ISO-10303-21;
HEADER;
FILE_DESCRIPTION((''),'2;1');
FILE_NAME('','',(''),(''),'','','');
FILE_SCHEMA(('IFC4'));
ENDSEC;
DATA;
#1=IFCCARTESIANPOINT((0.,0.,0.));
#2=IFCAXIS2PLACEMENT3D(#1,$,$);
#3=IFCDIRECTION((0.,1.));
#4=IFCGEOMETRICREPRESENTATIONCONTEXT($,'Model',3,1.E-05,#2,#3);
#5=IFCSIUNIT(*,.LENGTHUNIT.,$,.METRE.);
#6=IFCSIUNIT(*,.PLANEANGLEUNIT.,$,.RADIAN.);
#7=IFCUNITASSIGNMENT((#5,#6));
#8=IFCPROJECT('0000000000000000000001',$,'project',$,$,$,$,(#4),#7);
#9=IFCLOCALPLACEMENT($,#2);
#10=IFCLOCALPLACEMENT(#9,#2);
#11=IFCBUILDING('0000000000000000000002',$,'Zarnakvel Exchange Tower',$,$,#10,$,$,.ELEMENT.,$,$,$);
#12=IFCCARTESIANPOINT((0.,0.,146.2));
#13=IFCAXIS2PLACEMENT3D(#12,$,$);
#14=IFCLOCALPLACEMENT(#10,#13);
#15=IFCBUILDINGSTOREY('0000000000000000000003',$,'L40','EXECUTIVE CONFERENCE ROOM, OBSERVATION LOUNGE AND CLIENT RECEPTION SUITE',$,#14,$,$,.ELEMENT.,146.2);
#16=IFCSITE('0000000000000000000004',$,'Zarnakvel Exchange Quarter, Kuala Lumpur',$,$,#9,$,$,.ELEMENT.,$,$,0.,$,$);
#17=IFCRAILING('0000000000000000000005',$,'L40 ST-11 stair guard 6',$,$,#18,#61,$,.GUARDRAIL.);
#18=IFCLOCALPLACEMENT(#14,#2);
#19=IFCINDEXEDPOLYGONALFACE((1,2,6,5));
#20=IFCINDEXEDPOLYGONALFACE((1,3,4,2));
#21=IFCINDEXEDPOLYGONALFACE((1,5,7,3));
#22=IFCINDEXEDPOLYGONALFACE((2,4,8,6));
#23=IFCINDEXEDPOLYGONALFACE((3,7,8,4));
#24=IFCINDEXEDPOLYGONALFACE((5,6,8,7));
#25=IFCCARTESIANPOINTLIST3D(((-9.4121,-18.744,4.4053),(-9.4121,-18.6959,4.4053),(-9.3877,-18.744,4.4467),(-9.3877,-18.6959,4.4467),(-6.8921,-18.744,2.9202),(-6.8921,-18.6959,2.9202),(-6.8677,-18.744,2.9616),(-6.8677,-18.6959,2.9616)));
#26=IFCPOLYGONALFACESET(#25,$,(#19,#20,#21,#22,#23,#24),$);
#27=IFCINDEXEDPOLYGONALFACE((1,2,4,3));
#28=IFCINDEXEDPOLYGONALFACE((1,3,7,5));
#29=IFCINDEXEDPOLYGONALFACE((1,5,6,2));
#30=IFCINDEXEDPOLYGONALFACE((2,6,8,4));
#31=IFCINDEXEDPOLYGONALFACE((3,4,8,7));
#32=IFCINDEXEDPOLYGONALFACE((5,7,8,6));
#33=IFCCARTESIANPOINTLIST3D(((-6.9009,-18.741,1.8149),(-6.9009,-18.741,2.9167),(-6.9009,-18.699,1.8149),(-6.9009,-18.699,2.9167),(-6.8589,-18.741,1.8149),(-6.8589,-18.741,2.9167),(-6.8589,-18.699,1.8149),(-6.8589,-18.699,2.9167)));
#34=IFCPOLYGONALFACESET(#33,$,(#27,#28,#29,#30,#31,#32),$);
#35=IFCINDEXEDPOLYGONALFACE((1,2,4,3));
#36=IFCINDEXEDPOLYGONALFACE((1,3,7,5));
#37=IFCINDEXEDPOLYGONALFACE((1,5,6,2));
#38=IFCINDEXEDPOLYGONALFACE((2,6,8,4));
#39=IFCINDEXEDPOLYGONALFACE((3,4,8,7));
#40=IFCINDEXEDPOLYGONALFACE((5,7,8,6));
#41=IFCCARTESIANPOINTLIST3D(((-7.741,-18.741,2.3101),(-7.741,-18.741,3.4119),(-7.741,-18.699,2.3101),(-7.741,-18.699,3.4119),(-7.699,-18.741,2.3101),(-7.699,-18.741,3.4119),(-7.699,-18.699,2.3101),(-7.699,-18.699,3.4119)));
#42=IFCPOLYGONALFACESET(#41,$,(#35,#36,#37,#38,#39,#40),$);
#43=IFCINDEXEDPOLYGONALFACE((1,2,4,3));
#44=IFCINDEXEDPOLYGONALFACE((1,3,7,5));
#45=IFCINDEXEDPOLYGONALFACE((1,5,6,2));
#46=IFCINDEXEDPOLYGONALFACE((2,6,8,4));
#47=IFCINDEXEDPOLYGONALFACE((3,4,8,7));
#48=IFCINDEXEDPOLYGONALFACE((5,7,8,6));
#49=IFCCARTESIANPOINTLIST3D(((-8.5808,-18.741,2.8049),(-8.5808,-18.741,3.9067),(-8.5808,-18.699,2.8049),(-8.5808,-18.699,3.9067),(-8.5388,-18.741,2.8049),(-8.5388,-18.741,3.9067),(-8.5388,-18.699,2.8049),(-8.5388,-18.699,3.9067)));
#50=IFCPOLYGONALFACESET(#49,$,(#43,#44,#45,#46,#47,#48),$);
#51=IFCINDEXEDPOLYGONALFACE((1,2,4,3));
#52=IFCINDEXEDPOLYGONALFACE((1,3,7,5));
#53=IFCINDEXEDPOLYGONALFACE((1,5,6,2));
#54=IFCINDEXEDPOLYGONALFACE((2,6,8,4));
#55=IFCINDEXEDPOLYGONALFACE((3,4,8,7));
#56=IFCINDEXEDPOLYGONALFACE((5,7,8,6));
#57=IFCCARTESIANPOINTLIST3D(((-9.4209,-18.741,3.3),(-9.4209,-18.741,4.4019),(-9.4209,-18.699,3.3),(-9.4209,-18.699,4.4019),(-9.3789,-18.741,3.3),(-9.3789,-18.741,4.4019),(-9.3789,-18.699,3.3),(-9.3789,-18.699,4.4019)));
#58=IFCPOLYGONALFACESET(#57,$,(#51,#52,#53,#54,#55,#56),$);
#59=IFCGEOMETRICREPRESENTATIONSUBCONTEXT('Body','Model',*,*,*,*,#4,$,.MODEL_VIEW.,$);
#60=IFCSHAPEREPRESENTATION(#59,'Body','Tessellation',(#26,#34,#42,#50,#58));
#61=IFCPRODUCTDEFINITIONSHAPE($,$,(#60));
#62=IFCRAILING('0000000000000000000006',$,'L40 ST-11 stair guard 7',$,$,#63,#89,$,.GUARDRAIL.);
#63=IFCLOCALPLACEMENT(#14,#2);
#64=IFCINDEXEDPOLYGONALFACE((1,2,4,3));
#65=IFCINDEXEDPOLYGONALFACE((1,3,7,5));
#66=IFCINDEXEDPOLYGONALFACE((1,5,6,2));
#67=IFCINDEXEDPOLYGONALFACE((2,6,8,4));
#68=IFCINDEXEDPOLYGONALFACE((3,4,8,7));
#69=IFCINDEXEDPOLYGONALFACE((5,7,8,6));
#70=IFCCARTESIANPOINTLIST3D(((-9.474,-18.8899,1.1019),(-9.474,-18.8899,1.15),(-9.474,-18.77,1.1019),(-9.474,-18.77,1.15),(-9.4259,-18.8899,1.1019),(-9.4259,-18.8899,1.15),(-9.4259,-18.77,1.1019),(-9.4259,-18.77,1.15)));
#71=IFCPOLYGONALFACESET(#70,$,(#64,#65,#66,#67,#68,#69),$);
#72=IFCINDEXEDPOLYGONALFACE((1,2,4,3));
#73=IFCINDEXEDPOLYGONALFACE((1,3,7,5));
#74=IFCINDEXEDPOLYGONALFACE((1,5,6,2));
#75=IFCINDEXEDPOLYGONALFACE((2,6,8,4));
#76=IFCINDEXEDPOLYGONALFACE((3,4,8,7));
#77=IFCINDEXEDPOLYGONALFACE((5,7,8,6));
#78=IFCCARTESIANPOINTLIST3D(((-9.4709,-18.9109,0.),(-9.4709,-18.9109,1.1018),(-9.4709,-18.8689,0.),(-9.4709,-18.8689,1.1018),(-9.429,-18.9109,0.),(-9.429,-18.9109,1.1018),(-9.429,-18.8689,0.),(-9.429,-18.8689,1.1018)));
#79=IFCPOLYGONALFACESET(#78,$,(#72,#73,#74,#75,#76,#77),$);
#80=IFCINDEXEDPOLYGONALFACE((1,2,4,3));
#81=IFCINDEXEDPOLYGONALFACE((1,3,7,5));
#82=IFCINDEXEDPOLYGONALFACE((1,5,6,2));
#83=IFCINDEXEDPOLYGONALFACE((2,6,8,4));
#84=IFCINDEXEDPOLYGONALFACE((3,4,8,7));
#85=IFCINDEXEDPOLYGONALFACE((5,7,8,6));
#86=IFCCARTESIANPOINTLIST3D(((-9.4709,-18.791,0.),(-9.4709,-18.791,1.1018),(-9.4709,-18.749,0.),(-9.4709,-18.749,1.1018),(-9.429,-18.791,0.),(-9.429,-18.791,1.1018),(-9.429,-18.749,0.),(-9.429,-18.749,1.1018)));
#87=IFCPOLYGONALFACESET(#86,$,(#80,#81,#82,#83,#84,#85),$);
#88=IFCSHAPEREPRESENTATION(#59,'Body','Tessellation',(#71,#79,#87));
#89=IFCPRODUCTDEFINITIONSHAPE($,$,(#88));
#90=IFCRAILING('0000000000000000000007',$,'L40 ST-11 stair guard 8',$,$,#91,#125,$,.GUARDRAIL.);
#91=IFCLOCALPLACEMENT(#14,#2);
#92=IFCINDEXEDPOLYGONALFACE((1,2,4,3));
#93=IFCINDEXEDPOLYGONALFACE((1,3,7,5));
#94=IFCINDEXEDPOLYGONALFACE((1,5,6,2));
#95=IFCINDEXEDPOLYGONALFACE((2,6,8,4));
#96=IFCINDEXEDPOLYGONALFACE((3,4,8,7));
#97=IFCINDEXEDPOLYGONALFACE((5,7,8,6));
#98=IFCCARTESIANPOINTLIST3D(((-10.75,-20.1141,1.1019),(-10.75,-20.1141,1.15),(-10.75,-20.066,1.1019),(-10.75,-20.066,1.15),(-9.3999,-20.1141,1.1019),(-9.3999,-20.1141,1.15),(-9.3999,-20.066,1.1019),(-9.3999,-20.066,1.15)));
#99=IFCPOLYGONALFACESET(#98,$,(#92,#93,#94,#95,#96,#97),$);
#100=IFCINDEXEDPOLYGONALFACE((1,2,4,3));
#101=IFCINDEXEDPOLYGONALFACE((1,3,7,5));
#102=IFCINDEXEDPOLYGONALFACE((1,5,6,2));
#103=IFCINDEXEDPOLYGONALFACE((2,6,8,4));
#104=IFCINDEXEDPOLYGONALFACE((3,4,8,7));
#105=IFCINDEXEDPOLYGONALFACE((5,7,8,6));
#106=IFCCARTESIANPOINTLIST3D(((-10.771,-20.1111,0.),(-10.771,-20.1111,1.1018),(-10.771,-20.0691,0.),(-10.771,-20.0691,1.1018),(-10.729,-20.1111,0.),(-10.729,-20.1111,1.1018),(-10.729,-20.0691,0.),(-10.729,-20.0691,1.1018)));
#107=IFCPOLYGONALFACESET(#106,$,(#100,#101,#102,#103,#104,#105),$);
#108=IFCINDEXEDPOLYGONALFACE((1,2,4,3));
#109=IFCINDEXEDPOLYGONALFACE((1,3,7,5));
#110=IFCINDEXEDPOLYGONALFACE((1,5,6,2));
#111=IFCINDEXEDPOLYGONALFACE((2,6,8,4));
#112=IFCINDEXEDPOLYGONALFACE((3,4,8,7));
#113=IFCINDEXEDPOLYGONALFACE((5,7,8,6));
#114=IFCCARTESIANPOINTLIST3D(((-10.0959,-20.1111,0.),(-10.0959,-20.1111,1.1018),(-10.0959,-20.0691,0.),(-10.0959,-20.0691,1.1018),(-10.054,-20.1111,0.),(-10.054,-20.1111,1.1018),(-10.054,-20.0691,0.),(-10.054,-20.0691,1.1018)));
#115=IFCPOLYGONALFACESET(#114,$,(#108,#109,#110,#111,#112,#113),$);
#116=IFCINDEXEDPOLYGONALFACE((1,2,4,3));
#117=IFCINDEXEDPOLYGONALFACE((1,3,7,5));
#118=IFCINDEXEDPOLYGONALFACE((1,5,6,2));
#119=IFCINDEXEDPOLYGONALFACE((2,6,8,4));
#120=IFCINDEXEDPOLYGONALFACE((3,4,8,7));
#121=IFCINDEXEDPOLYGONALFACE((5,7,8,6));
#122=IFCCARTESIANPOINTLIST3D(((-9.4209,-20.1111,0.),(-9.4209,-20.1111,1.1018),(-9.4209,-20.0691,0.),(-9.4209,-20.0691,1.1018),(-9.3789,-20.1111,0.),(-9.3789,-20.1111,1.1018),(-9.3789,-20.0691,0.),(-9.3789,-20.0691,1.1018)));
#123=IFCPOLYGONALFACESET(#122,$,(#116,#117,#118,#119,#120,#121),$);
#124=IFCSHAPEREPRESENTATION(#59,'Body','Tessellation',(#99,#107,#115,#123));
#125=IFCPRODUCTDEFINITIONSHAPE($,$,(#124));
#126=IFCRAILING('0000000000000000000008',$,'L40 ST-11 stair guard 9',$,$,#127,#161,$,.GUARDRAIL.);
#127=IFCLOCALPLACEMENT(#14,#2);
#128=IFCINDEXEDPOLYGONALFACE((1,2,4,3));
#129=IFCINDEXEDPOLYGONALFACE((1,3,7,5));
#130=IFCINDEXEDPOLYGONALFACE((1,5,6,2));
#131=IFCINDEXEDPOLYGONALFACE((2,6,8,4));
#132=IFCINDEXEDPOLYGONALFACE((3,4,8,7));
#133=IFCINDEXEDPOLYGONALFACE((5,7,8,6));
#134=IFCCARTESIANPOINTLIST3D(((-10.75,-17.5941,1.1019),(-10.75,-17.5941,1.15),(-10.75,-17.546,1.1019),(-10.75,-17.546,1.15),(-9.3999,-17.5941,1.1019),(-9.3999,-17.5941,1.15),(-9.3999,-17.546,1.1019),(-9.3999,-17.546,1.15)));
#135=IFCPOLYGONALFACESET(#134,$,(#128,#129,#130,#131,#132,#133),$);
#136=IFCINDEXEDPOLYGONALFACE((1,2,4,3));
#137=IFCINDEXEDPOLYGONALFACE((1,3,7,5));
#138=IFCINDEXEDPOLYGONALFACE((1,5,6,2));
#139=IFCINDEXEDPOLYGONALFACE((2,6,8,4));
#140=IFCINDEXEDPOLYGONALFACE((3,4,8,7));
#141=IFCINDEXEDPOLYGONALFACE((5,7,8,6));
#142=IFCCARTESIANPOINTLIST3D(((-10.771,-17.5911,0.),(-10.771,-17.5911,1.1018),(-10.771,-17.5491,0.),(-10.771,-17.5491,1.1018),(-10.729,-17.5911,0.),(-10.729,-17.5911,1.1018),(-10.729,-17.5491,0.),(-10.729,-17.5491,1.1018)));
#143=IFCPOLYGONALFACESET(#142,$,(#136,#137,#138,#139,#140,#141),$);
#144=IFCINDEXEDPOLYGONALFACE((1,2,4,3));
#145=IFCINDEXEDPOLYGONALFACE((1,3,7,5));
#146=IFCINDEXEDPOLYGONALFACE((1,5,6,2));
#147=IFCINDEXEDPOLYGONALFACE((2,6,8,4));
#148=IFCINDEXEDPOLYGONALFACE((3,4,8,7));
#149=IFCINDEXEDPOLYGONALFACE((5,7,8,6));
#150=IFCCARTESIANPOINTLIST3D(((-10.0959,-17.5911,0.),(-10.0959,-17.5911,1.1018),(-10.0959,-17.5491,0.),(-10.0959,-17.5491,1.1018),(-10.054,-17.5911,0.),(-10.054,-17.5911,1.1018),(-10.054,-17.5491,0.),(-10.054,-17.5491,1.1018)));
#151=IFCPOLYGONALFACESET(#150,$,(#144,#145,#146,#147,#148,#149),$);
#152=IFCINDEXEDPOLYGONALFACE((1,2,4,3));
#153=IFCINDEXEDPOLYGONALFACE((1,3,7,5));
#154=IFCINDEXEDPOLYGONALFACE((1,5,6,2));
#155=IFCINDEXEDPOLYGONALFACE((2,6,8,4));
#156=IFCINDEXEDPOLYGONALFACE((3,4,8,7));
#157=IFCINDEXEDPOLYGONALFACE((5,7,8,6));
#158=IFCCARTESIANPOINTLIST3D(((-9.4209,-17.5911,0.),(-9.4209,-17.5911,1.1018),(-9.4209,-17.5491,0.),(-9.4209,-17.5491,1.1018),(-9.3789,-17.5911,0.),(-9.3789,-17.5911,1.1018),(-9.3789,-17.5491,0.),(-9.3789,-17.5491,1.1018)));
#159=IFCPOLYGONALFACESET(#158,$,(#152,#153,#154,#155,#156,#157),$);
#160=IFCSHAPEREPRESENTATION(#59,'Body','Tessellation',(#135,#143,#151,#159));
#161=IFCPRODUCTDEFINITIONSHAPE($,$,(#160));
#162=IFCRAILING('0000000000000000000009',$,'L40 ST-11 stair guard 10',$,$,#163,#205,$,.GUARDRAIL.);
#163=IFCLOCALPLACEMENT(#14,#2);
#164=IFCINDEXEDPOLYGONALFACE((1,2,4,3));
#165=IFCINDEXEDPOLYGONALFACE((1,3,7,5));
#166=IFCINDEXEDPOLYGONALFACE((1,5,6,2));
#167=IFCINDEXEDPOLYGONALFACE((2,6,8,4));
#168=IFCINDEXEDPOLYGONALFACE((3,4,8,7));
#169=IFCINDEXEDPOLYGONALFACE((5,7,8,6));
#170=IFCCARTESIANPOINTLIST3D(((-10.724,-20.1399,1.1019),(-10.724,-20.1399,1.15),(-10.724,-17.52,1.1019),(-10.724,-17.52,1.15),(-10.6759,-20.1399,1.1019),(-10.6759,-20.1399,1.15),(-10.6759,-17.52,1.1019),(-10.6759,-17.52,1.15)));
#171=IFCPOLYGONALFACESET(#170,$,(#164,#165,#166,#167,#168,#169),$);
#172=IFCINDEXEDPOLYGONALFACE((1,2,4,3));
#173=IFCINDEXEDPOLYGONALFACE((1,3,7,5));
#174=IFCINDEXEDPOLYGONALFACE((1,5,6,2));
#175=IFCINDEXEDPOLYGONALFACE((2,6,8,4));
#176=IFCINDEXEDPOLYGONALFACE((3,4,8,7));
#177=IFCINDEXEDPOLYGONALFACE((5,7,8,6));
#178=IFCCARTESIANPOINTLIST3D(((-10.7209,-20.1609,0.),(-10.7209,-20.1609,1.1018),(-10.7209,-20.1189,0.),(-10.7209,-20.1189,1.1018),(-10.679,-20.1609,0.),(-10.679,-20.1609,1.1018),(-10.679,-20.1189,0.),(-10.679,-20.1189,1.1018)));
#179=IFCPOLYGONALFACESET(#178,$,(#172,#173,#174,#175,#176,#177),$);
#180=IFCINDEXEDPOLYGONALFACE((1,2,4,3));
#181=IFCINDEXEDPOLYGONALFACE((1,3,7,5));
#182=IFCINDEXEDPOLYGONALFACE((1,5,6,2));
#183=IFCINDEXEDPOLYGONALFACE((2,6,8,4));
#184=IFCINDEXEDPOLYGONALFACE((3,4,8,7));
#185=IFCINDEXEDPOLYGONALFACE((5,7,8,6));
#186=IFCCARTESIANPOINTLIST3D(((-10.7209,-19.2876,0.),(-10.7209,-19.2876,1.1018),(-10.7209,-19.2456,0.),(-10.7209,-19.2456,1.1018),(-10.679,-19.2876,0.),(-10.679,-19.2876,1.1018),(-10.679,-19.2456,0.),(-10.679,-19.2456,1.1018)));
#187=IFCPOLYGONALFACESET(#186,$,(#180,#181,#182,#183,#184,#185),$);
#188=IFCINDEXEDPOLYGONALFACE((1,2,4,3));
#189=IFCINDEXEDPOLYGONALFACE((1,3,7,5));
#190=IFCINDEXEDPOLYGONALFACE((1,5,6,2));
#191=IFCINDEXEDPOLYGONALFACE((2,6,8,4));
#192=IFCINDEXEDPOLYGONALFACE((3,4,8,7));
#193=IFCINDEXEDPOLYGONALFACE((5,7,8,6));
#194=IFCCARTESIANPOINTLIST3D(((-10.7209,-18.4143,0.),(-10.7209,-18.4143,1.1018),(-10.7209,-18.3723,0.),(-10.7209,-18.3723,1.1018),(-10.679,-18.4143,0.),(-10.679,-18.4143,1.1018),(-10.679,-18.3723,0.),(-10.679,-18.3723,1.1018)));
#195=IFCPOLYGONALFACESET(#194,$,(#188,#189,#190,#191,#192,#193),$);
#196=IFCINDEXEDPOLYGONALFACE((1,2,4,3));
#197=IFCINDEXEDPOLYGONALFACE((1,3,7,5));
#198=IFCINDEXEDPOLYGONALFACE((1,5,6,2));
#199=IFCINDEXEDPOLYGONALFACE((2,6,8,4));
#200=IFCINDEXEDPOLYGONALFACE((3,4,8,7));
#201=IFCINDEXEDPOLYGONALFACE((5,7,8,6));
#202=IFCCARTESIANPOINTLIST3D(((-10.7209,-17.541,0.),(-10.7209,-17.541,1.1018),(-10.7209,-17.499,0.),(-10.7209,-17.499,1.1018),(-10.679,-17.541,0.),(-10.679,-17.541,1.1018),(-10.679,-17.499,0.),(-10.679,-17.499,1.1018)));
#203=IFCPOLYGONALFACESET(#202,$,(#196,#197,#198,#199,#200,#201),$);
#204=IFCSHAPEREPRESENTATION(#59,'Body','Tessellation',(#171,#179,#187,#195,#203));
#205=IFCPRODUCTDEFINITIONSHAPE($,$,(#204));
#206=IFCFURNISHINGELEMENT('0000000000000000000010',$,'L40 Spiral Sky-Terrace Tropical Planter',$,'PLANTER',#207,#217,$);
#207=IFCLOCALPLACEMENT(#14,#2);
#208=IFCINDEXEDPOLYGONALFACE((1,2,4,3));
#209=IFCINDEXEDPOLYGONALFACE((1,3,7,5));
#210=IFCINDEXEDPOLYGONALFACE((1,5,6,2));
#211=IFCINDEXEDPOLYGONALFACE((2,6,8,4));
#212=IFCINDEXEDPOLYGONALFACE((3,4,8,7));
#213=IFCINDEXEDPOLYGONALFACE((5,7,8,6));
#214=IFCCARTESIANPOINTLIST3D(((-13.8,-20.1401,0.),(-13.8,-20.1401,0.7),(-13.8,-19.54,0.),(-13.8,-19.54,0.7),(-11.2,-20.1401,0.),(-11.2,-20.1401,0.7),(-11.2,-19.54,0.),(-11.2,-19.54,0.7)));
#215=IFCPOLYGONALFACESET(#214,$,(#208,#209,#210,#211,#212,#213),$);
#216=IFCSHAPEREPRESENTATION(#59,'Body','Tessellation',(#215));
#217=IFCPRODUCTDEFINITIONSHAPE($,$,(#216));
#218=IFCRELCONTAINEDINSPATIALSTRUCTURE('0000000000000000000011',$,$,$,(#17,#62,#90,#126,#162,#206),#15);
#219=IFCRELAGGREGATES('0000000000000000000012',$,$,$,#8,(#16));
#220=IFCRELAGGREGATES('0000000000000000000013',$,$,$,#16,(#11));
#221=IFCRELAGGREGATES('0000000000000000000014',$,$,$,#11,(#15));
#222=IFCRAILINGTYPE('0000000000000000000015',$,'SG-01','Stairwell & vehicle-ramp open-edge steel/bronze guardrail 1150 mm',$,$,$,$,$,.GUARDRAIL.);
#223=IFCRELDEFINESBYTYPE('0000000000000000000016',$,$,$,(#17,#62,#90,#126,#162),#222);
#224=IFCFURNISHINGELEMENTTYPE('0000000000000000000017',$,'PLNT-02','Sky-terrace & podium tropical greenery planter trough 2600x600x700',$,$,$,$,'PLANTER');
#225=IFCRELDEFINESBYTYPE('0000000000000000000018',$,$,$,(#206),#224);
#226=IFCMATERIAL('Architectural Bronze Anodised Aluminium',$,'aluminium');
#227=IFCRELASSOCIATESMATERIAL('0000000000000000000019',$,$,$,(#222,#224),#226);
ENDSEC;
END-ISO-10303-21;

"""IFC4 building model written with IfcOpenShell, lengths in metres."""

from ifc_helpers import new_model, si_unit, direction, frame, origin, origin_2d, place, context, subcontext, project, spatial, rectangle, extrude, source, transform, mapped, material, type_object, element, save


model = new_model("IFC4")

# Units and contexts
model_context = context("Model", 3, precision=1e-05, world=origin(), true_north=direction((0.0, 1.0)))
body_context = subcontext(model_context, "Body", "Model", "MODEL_VIEW")
ifc_project = project(units=[si_unit("LENGTHUNIT", "METRE"), si_unit("PLANEANGLEUNIT", "RADIAN")], contexts=[model_context])

# Site, building, storey
site_placement = place(None, origin())
site = spatial("IfcSite", under=ifc_project, at=site_placement, Name="Zarnakvel Exchange Quarter, Kuala Lumpur", CompositionType="ELEMENT", RefElevation=0.0)
building_placement = place(site_placement, origin())
building = spatial("IfcBuilding", under=site, at=building_placement, Name="Zarnakvel Exchange Tower", CompositionType="ELEMENT")
storey_placement = place(building_placement, frame((0.0, 0.0, 146.2)))
storey = spatial("IfcBuildingStorey", under=building, at=storey_placement, Name="L40", Description="EXECUTIVE CONFERENCE ROOM, OBSERVATION LOUNGE AND CLIENT RECEPTION SUITE", CompositionType="ELEMENT", Elevation=146.2)

# Shared definitions
ifc_material_1 = material(Name="Architectural Bronze Anodised Aluminium", Category="aluminium")

# Railings
railing_type_1 = type_object("IfcRailingType", Name="SG-01", Description="Stairwell & vehicle-ramp open-edge steel/bronze guardrail 1150 mm", PredefinedType="GUARDRAIL", material=ifc_material_1)
railing_1_placement = place(storey_placement, frame((-6.8799, -18.72, 1.8149)))
element("IfcRailing", 1, at=railing_1_placement, inside=storey, type_object=railing_type_1, Name="L40 ST-11 stair guard 6", PredefinedType="GUARDRAIL", context=body_context, shape_type="SweptSolid", body=[
    extrude(rectangle(XDim=0.0481, YDim=0.0481, at=origin_2d()), frame((0.0, 0.0, 1.126), z_axis=(-0.861524, 0.0, 0.507717), x_axis=(0.0, -1.0, 0.0)), (0.0, 0.0, 1.0), 2.925),
    extrude(rectangle(XDim=0.042, YDim=0.042, at=origin_2d()), origin(), (0.0, 0.0, 1.0), 1.1018),
    extrude(rectangle(XDim=0.042, YDim=0.042, at=origin_2d()), frame((-0.8401, 0.0, 0.4951)), (0.0, 0.0, 1.0), 1.1018),
    extrude(rectangle(XDim=0.042, YDim=0.042, at=origin_2d()), frame((-1.6799, 0.0, 0.99)), (0.0, 0.0, 1.0), 1.1018),
    extrude(rectangle(XDim=0.042, YDim=0.042, at=origin_2d()), frame((-2.52, 0.0, 1.4851)), (0.0, 0.0, 1.0), 1.1018),
])
railing_2_placement = place(storey_placement, frame((-9.45, -18.8899, 0.0)))
element("IfcRailing", 2, at=railing_2_placement, inside=storey, type_object=railing_type_1, Name="L40 ST-11 stair guard 7", PredefinedType="GUARDRAIL", context=body_context, shape_type="SweptSolid", body=[
    extrude(rectangle(XDim=0.0481, YDim=0.0481, at=origin_2d()), frame((0.0, 0.0, 1.126), z_axis=(0.0, 1.0, 0.0), x_axis=(-1.0, 0.0, 0.0)), (0.0, 0.0, 1.0), 0.1199),
    extrude(rectangle(XDim=0.042, YDim=0.042, at=origin_2d()), origin(), (0.0, 0.0, 1.0), 1.1018),
    extrude(rectangle(XDim=0.042, YDim=0.042, at=origin_2d()), frame((0.0, 0.1199, 0.0)), (0.0, 0.0, 1.0), 1.1018),
])
for number, where, name in (
    (3, (-10.75, -20.0901, 0.0), "L40 ST-11 stair guard 8"),
    (4, (-10.75, -17.5701, 0.0), "L40 ST-11 stair guard 9"),
):
    element("IfcRailing", number, at=place(storey_placement, frame(where)), inside=storey, type_object=railing_type_1, Name=name, PredefinedType="GUARDRAIL", context=body_context, shape_type="SweptSolid", body=[
        extrude(rectangle(XDim=0.0481, YDim=0.0481, at=origin_2d()), frame((0.0, 0.0, 1.126), z_axis=(1.0, 0.0, 0.0), x_axis=(0.0, 1.0, 0.0)), (0.0, 0.0, 1.0), 1.3501),
        extrude(rectangle(XDim=0.042, YDim=0.042, at=origin_2d()), origin(), (0.0, 0.0, 1.0), 1.1018),
        extrude(rectangle(XDim=0.042, YDim=0.042, at=origin_2d()), frame((0.675, 0.0, 0.0)), (0.0, 0.0, 1.0), 1.1018),
        extrude(rectangle(XDim=0.042, YDim=0.042, at=origin_2d()), frame((1.3501, 0.0, 0.0)), (0.0, 0.0, 1.0), 1.1018),
    ])
railing_3_placement = place(storey_placement, frame((-10.7, -20.1399, 0.0)))
element("IfcRailing", 5, at=railing_3_placement, inside=storey, type_object=railing_type_1, Name="L40 ST-11 stair guard 10", PredefinedType="GUARDRAIL", context=body_context, shape_type="SweptSolid", body=[
    extrude(rectangle(XDim=0.0481, YDim=0.0481, at=origin_2d()), frame((0.0, 0.0, 1.126), z_axis=(0.0, 1.0, 0.0), x_axis=(-1.0, 0.0, 0.0)), (0.0, 0.0, 1.0), 2.6199),
    extrude(rectangle(XDim=0.042, YDim=0.042, at=origin_2d()), origin(), (0.0, 0.0, 1.0), 1.1018),
    extrude(rectangle(XDim=0.042, YDim=0.042, at=origin_2d()), frame((0.0, 0.8733, 0.0)), (0.0, 0.0, 1.0), 1.1018),
    extrude(rectangle(XDim=0.042, YDim=0.042, at=origin_2d()), frame((0.0, 1.7466, 0.0)), (0.0, 0.0, 1.0), 1.1018),
    extrude(rectangle(XDim=0.042, YDim=0.042, at=origin_2d()), frame((0.0, 2.6199, 0.0)), (0.0, 0.0, 1.0), 1.1018),
])

# Furnishing element
furnishing_element_type = type_object("IfcFurnishingElementType", Name="PLNT-02", Description="Sky-terrace & podium tropical greenery planter trough 2600x600x700", ElementType="PLANTER", material=ifc_material_1)
shared_shape_1 = source(origin(), body_context, "Body", "SweptSolid", [
    extrude(rectangle(XDim=2.6001, YDim=0.6001, at=origin_2d()), origin(), (0.0, 0.0, 1.0), 0.7),
])
furnishing_placement = place(storey_placement, frame((-12.5, -19.8401, 0.0), z_axis=(0.0, 0.0, 1.0), x_axis=(1.0, 0.0, 0.0)))
element("IfcFurnishingElement", 6, at=furnishing_placement, inside=storey, type_object=furnishing_element_type, Name="L40 Spiral Sky-Terrace Tropical Planter", ObjectType="PLANTER", context=body_context, shape_type="MappedRepresentation", body=[
    mapped(shared_shape_1, transform((0.0, 0.0, 0.0), x_axis=(1.0, 0.0, 0.0), y_axis=(0.0, 1.0, 0.0), z_axis=(0.0, 0.0, 1.0), scale=1.0)),
])

save(model, "model.ifc")
